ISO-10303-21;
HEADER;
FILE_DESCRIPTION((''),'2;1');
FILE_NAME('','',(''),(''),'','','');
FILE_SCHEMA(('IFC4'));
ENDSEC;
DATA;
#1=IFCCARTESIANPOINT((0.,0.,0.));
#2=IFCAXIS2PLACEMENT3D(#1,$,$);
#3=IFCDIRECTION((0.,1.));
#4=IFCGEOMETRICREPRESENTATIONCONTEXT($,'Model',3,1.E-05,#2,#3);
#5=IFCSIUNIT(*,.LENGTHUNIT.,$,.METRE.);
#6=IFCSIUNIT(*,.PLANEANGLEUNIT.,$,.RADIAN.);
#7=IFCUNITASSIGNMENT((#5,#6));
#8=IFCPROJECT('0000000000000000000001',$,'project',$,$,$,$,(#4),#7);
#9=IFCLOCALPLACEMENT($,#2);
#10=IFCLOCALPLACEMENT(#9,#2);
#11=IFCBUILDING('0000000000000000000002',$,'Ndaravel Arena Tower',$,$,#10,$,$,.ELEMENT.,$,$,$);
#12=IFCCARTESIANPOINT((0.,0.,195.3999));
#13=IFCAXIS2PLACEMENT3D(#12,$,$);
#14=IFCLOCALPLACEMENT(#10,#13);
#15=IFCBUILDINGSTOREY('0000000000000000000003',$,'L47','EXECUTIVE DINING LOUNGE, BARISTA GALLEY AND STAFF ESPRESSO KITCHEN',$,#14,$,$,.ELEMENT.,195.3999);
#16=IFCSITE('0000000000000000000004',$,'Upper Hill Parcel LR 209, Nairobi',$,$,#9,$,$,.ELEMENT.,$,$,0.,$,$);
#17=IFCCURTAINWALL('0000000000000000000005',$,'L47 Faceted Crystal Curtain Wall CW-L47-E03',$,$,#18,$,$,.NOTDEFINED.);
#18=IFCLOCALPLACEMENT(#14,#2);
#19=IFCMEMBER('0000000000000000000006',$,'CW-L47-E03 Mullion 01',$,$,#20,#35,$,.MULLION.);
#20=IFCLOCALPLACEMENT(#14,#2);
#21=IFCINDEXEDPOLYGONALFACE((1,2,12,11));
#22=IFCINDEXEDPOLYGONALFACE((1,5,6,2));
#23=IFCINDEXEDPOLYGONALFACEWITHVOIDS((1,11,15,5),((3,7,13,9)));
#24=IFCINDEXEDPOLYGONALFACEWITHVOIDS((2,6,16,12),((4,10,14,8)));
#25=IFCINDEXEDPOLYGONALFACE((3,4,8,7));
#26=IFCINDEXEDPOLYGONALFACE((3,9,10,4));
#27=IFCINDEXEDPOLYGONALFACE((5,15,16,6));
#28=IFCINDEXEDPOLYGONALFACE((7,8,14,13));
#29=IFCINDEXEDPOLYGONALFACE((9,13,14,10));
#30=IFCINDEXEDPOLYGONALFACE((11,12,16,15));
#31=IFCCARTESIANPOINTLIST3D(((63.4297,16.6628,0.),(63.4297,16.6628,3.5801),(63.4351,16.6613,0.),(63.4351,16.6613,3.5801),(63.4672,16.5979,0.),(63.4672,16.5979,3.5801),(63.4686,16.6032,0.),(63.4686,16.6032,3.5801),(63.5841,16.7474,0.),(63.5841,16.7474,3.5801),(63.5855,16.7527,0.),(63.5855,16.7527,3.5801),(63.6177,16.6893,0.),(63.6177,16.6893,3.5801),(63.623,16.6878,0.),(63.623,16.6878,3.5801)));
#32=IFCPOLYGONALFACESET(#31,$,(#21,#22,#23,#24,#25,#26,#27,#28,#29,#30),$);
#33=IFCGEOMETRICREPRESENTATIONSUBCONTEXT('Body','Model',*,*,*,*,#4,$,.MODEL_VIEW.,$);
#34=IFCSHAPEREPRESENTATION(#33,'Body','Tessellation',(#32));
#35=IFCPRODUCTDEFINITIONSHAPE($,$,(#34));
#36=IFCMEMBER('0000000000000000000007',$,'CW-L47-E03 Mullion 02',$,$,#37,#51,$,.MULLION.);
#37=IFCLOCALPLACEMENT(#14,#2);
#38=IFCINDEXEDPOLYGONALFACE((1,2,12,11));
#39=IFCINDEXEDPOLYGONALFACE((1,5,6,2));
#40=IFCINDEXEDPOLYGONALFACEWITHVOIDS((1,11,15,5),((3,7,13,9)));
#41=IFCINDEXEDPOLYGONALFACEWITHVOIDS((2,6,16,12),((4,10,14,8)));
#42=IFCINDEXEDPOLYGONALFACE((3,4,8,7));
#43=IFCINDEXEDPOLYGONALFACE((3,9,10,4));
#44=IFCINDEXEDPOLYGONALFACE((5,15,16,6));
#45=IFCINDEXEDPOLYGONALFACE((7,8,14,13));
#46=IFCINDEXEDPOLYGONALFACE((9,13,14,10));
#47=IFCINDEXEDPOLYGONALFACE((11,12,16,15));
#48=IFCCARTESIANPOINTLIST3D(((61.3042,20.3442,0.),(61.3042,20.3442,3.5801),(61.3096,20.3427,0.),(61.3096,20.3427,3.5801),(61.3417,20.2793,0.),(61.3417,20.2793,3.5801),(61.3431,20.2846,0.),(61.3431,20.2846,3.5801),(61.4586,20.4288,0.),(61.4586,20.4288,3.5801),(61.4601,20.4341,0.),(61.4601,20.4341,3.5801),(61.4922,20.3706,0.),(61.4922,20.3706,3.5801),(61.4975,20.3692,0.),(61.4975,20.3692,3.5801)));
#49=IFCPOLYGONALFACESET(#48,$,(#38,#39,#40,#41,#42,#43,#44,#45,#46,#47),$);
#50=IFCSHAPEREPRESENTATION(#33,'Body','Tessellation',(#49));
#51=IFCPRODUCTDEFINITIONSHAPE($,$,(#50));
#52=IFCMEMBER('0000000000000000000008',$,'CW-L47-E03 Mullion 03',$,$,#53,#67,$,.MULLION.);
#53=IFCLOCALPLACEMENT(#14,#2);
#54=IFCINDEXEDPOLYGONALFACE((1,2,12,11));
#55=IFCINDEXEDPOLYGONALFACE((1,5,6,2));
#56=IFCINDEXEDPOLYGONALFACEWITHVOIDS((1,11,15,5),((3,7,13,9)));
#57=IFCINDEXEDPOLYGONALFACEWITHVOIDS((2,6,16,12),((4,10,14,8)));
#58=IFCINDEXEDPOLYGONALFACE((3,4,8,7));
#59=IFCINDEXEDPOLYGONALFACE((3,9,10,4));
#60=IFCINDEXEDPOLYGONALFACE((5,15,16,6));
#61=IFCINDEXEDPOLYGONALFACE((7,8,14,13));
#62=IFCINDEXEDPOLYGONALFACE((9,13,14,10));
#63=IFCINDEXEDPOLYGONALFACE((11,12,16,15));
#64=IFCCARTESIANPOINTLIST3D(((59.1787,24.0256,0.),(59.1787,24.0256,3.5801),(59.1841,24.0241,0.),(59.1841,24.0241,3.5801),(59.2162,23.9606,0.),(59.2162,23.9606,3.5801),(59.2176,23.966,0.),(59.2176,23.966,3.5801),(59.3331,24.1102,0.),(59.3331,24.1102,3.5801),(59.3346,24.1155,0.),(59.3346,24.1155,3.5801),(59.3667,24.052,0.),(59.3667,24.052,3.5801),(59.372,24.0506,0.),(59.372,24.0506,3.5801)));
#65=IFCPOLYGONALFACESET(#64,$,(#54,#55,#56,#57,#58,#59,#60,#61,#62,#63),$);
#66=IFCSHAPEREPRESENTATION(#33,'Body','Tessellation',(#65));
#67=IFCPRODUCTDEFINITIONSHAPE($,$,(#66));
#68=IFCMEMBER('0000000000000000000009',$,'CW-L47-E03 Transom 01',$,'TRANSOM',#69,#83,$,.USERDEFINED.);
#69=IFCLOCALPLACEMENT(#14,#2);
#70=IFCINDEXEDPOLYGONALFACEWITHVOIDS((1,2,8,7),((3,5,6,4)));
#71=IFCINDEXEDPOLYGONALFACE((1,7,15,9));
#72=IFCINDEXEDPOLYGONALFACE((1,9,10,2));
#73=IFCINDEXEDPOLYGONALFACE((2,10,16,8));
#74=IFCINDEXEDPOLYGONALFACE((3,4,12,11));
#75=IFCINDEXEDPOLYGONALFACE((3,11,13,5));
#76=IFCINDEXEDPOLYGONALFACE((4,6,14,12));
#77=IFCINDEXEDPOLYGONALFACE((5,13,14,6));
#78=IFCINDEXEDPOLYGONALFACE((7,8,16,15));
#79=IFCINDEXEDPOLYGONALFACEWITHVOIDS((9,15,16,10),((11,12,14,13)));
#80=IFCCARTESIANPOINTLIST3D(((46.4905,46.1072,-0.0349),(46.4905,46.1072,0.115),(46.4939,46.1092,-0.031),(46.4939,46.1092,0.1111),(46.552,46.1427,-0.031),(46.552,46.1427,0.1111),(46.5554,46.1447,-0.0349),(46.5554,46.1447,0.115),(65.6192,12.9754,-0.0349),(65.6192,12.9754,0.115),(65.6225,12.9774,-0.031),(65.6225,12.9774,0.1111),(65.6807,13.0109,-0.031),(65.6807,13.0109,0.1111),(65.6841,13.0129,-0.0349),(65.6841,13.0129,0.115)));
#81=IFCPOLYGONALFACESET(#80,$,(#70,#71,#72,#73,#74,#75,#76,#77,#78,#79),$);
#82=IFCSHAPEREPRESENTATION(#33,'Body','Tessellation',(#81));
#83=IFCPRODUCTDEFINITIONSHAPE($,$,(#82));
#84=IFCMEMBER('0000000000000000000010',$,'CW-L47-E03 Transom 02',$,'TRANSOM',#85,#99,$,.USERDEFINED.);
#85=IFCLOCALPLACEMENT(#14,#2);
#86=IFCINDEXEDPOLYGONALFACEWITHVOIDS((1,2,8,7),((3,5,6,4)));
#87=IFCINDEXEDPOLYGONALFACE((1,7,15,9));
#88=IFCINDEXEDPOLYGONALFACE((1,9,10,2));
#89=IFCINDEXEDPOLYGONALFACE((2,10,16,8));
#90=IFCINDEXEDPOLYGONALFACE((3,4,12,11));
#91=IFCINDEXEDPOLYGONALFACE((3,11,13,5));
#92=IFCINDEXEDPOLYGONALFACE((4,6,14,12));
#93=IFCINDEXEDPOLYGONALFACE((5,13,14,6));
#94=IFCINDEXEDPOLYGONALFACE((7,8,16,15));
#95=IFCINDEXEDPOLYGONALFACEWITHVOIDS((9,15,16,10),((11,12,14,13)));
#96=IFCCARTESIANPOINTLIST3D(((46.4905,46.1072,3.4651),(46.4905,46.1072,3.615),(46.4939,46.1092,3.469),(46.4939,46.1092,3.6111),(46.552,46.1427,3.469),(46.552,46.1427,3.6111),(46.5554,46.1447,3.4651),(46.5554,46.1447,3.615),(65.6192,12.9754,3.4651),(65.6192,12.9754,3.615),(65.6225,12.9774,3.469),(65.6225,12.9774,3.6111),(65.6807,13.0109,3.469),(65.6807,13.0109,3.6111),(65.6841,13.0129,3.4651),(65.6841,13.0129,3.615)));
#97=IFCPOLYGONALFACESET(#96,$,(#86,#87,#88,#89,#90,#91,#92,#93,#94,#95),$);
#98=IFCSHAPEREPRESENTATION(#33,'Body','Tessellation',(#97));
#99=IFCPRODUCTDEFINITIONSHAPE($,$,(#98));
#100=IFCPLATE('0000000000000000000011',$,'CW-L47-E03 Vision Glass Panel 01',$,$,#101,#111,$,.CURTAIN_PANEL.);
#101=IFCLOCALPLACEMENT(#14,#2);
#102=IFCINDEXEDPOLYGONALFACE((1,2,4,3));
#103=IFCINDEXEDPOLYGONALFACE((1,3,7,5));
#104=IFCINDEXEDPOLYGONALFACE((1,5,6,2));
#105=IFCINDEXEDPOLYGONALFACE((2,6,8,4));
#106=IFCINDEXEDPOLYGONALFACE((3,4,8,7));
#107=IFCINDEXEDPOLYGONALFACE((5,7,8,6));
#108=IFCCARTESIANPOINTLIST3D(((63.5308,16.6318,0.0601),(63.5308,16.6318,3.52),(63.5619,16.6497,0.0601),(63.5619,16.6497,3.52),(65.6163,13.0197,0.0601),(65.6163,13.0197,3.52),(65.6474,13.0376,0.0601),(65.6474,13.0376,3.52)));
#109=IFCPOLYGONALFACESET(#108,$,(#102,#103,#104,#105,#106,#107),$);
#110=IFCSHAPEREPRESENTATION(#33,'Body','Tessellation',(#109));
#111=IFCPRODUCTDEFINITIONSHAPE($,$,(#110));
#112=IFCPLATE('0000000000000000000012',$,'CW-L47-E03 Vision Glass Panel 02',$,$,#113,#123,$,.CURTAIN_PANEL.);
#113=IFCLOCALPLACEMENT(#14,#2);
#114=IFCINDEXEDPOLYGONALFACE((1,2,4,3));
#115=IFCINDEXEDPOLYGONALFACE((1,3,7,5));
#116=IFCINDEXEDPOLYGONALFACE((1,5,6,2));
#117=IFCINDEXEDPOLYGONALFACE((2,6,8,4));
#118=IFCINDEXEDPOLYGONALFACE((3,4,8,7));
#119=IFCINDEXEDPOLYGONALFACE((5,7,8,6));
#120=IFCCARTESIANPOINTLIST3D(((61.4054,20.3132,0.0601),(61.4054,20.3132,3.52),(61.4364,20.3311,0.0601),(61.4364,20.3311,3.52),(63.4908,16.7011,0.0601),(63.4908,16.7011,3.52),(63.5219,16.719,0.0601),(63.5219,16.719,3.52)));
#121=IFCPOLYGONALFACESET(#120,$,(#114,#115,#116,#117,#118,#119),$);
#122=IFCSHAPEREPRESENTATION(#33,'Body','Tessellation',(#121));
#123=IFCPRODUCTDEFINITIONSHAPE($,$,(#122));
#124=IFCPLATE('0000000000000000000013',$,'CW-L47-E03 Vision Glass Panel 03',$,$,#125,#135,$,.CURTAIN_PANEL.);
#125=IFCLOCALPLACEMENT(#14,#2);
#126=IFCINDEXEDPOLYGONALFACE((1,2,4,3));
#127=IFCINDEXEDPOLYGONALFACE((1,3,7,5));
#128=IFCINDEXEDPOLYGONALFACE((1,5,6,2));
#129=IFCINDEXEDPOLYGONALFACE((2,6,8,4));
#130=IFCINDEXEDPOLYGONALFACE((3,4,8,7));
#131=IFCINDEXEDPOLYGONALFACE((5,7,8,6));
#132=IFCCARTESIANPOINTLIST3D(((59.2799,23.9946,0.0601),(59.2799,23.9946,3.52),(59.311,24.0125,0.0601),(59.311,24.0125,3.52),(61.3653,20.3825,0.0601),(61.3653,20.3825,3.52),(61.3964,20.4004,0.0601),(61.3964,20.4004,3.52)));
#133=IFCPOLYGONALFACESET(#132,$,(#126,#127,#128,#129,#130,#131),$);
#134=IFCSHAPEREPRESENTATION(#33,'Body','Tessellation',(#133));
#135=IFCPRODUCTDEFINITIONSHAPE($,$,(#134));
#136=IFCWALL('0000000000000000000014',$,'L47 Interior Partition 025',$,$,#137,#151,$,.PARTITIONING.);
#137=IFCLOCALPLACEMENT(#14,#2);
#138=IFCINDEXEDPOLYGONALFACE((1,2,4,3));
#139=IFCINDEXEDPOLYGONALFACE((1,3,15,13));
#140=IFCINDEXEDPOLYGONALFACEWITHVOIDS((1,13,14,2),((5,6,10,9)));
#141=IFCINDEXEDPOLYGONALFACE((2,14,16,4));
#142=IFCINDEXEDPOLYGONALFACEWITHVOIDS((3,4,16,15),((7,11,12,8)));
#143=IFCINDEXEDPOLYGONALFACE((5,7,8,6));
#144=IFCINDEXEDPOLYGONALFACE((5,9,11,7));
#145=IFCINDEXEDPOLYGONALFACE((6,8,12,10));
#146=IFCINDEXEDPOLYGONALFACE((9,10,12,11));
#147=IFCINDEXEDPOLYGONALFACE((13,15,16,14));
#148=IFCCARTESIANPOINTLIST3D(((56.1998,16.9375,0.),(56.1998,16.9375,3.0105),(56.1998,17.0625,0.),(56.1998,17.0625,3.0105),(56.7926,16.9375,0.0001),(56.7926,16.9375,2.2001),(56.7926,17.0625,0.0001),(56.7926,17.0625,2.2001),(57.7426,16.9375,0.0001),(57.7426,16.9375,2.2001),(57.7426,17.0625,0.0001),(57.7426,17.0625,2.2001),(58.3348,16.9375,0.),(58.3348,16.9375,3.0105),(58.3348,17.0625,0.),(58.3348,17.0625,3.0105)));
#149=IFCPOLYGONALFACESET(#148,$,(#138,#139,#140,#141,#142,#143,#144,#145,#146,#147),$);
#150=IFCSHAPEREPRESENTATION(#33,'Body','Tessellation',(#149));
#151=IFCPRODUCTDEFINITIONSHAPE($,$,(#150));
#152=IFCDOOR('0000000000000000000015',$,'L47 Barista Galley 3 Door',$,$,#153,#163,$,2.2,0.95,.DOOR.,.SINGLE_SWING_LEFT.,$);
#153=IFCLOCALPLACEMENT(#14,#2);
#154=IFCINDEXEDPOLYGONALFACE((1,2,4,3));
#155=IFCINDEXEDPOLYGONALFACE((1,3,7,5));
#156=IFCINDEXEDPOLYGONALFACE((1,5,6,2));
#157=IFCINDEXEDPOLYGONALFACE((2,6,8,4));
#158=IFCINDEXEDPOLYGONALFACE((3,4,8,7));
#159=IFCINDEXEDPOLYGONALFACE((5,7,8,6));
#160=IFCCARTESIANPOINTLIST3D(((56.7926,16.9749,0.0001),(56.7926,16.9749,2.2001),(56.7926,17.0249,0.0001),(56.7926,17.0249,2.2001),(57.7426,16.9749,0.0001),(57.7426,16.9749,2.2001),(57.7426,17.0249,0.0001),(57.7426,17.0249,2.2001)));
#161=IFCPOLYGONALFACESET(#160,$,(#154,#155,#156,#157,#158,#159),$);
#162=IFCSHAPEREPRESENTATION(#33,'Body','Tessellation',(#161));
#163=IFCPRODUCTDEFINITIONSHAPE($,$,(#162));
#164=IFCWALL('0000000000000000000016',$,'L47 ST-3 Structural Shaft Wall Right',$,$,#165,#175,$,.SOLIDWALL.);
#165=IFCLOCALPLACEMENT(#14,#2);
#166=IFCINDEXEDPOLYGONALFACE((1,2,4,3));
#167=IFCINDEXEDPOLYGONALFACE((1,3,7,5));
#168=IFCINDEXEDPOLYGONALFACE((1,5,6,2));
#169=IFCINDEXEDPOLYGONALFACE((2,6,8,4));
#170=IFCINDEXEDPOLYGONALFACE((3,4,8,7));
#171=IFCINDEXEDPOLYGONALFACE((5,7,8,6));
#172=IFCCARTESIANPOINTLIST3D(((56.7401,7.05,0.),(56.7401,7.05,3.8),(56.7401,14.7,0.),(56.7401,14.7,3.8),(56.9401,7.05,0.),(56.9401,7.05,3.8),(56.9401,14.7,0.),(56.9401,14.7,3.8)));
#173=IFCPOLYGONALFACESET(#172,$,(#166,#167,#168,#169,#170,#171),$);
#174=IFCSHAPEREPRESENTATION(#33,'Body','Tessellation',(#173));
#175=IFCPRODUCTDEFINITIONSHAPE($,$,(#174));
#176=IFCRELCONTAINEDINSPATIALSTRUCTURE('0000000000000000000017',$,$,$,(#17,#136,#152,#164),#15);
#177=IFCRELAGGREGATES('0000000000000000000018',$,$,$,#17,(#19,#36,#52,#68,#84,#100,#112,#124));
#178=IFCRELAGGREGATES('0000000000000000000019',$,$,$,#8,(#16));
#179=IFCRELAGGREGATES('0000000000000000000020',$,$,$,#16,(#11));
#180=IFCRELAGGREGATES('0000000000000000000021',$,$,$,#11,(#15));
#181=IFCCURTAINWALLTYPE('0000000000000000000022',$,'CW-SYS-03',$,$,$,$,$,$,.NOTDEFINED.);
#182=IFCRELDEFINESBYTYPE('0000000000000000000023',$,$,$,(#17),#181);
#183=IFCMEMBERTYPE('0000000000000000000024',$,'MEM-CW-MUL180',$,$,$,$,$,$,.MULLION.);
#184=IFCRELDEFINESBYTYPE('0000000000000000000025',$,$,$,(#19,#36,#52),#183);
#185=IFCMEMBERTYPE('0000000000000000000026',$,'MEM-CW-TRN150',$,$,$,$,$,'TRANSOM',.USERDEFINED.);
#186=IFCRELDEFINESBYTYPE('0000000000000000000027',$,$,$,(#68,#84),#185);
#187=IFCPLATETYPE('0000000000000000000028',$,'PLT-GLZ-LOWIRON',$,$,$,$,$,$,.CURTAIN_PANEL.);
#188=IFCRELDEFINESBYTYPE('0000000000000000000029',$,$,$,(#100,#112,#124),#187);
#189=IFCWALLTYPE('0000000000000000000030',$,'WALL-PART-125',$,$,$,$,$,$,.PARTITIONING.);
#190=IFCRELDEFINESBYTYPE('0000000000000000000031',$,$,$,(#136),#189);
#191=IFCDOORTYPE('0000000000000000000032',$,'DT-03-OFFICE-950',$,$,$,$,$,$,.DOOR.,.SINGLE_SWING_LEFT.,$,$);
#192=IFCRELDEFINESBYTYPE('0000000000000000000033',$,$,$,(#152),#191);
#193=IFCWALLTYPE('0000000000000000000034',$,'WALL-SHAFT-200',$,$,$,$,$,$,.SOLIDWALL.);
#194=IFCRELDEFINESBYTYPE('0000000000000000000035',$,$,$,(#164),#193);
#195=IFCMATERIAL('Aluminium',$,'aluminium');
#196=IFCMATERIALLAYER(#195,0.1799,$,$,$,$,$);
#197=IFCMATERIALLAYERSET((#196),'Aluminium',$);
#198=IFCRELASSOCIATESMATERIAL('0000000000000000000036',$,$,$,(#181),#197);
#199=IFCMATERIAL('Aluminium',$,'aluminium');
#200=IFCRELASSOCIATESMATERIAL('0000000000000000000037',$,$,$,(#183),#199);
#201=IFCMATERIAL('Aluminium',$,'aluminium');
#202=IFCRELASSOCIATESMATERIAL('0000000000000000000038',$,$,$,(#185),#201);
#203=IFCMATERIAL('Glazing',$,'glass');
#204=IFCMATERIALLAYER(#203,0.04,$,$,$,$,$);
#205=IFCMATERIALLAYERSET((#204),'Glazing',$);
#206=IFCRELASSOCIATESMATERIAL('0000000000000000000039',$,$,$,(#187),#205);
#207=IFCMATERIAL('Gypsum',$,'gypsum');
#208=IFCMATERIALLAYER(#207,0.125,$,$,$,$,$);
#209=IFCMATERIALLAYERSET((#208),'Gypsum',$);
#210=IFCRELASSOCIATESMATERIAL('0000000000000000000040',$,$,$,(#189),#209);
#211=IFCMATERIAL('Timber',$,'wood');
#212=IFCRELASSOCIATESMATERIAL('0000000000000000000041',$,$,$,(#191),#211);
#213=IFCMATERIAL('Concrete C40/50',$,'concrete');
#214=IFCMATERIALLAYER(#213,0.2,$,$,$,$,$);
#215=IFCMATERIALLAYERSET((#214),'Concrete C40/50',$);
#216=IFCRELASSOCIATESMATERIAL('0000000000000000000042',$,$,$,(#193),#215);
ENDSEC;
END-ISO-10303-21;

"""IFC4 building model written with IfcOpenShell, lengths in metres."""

from ifc_helpers import new_model, si_unit, direction, frame, frame_2d, origin, origin_2d, place, context, subcontext, project, spatial, rectangle, hollow_rectangle, extrude, material, layer, layer_set, material_profile, profile_set, type_object, element, fill, aggregate, save


model = new_model("IFC4")

# Units and contexts
model_context = context("Model", 3, precision=1e-05, world=origin(), true_north=direction((0.0, 1.0)))
body_context = subcontext(model_context, "Body", "Model", "MODEL_VIEW")
ifc_project = project(units=[si_unit("LENGTHUNIT", "METRE"), si_unit("PLANEANGLEUNIT", "RADIAN")], contexts=[model_context])

# Site, building, storey
site_placement = place(None, origin())
site = spatial("IfcSite", under=ifc_project, at=site_placement, Name="Upper Hill Parcel LR 209, Nairobi", CompositionType="ELEMENT", RefElevation=0.0)
building_placement = place(site_placement, origin())
building = spatial("IfcBuilding", under=site, at=building_placement, Name="Ndaravel Arena Tower", CompositionType="ELEMENT")
storey_placement = place(building_placement, frame((0.0, 0.0, 195.3999)))
storey = spatial("IfcBuildingStorey", under=building, at=storey_placement, Name="L47", Description="EXECUTIVE DINING LOUNGE, BARISTA GALLEY AND STAFF ESPRESSO KITCHEN", CompositionType="ELEMENT", Elevation=195.3999)

# Curtain wall, members, plates
ifc_material_1 = material(Name="Aluminium", Category="aluminium")
ifc_layer_1 = layer(ifc_material_1, 0.1799)
ifc_layer_set_1 = layer_set([ifc_layer_1], Name="Aluminium")
curtain_wall_type = type_object("IfcCurtainWallType", Name="CW-SYS-03", PredefinedType="NOTDEFINED", material=ifc_layer_set_1)
curtain_wall_placement = place(storey_placement, origin())
curtain_wall = element("IfcCurtainWall", 1, at=curtain_wall_placement, inside=storey, type_object=curtain_wall_type, Name="L47 Faceted Crystal Curtain Wall CW-L47-E03", PredefinedType="NOTDEFINED")
ifc_material_2 = material(Name="Aluminium", Category="aluminium")
ifc_material_profile_1 = material_profile(ifc_material_2, hollow_rectangle(XDim=0.075, YDim=0.1799, WallThickness=0.0039, at=origin_2d()), Name="CW MULLION 75x180x4")
ifc_profile_set_1 = profile_set([ifc_material_profile_1], Name="Aluminium")
member_type_1 = type_object("IfcMemberType", Name="MEM-CW-MUL180", PredefinedType="MULLION", material=ifc_profile_set_1)
member_1_placement = place(storey_placement, frame((63.5264, 16.6753, 0.0), z_axis=(0.0, 0.0, 1.0), x_axis=(-0.5, 0.866025, 0.0)))
member_1 = element("IfcMember", 2, at=member_1_placement, type_object=member_type_1, Name="CW-L47-E03 Mullion 01", PredefinedType="MULLION", context=body_context, shape_type="SweptSolid", body=[
    extrude(hollow_rectangle(XDim=0.075, YDim=0.1799, WallThickness=0.0039, at=origin_2d()), origin(), (0.0, 0.0, 1.0), 3.5801),
])
member_2_placement = place(storey_placement, frame((61.4009, 20.3567, 0.0), z_axis=(0.0, 0.0, 1.0), x_axis=(-0.5, 0.866025, 0.0)))
member_2 = element("IfcMember", 3, at=member_2_placement, type_object=member_type_1, Name="CW-L47-E03 Mullion 02", PredefinedType="MULLION", context=body_context, shape_type="SweptSolid", body=[
    extrude(hollow_rectangle(XDim=0.075, YDim=0.1799, WallThickness=0.0039, at=origin_2d()), origin(), (0.0, 0.0, 1.0), 3.5801),
])
member_3_placement = place(storey_placement, frame((59.2754, 24.0381, 0.0), z_axis=(0.0, 0.0, 1.0), x_axis=(-0.5, 0.866025, 0.0)))
member_3 = element("IfcMember", 4, at=member_3_placement, type_object=member_type_1, Name="CW-L47-E03 Mullion 03", PredefinedType="MULLION", context=body_context, shape_type="SweptSolid", body=[
    extrude(hollow_rectangle(XDim=0.075, YDim=0.1799, WallThickness=0.0039, at=origin_2d()), origin(), (0.0, 0.0, 1.0), 3.5801),
])
ifc_material_3 = material(Name="Aluminium", Category="aluminium")
ifc_material_profile_2 = material_profile(ifc_material_3, hollow_rectangle(XDim=0.075, YDim=0.1499, WallThickness=0.0039, at=origin_2d()), Name="CW TRANSOM 75x150x4")
ifc_profile_set_2 = profile_set([ifc_material_profile_2], Name="Aluminium")
member_type_2 = type_object("IfcMemberType", Name="MEM-CW-TRN150", ElementType="TRANSOM", PredefinedType="USERDEFINED", material=ifc_profile_set_2)
member_4_placement = place(storey_placement, frame((65.6516, 12.9941, 0.04), z_axis=(-0.5, 0.866026, 0.0), x_axis=(-0.866026, -0.5, 0.0)))
member_4 = element("IfcMember", 5, at=member_4_placement, type_object=member_type_2, Name="CW-L47-E03 Transom 01", ObjectType="TRANSOM", PredefinedType="USERDEFINED", context=body_context, shape_type="SweptSolid", body=[
    extrude(hollow_rectangle(XDim=0.075, YDim=0.1499, WallThickness=0.0039, at=origin_2d()), origin(), (0.0, 0.0, 1.0), 38.2573),
])
member_5_placement = place(storey_placement, frame((65.6516, 12.9941, 3.54), z_axis=(-0.5, 0.866026, 0.0), x_axis=(-0.866026, -0.5, 0.0)))
member_5 = element("IfcMember", 6, at=member_5_placement, type_object=member_type_2, Name="CW-L47-E03 Transom 02", ObjectType="TRANSOM", PredefinedType="USERDEFINED", context=body_context, shape_type="SweptSolid", body=[
    extrude(hollow_rectangle(XDim=0.075, YDim=0.1499, WallThickness=0.0039, at=origin_2d()), origin(), (0.0, 0.0, 1.0), 38.2573),
])
ifc_material_4 = material(Name="Glazing", Category="glass")
ifc_layer_2 = layer(ifc_material_4, 0.04)
ifc_layer_set_2 = layer_set([ifc_layer_2], Name="Glazing")
plate_type = type_object("IfcPlateType", Name="PLT-GLZ-LOWIRON", PredefinedType="CURTAIN_PANEL", material=ifc_layer_set_2)
plate_1_placement = place(storey_placement, frame((64.5891, 14.8347, 0.0601), z_axis=(0.0, 0.0, 1.0), x_axis=(-0.5, 0.866025, 0.0)))
plate_1 = element("IfcPlate", 7, at=plate_1_placement, type_object=plate_type, Name="CW-L47-E03 Vision Glass Panel 01", PredefinedType="CURTAIN_PANEL", context=body_context, shape_type="SweptSolid", body=[
    extrude(rectangle(XDim=4.1709, YDim=0.0359, at=origin_2d()), origin(), (0.0, 0.0, 1.0), 3.46),
])
plate_2_placement = place(storey_placement, frame((62.4636, 18.5161, 0.0601), z_axis=(0.0, 0.0, 1.0), x_axis=(-0.5, 0.866025, 0.0)))
plate_2 = element("IfcPlate", 8, at=plate_2_placement, type_object=plate_type, Name="CW-L47-E03 Vision Glass Panel 02", PredefinedType="CURTAIN_PANEL", context=body_context, shape_type="SweptSolid", body=[
    extrude(rectangle(XDim=4.1709, YDim=0.0359, at=origin_2d()), origin(), (0.0, 0.0, 1.0), 3.46),
])
plate_3_placement = place(storey_placement, frame((60.3381, 22.1975, 0.0601), z_axis=(0.0, 0.0, 1.0), x_axis=(-0.5, 0.866025, 0.0)))
plate_3 = element("IfcPlate", 9, at=plate_3_placement, type_object=plate_type, Name="CW-L47-E03 Vision Glass Panel 03", PredefinedType="CURTAIN_PANEL", context=body_context, shape_type="SweptSolid", body=[
    extrude(rectangle(XDim=4.1709, YDim=0.0359, at=origin_2d()), origin(), (0.0, 0.0, 1.0), 3.46),
])
aggregate(curtain_wall, [member_1, member_2, member_3, member_4, member_5, plate_1, plate_2, plate_3])

# Wall, opening, door
ifc_material_5 = material(Name="Gypsum", Category="gypsum")
ifc_layer_3 = layer(ifc_material_5, 0.125)
ifc_layer_set_3 = layer_set([ifc_layer_3], Name="Gypsum")
wall_type_1 = type_object("IfcWallType", Name="WALL-PART-125", PredefinedType="PARTITIONING", material=ifc_layer_set_3)
wall_1_placement = place(storey_placement, frame((56.2, 17.0, 0.0), z_axis=(0.0, 0.0, 1.0), x_axis=(1.0, 0.0, 0.0)))
wall_1 = element("IfcWall", 10, at=wall_1_placement, inside=storey, type_object=wall_type_1, Name="L47 Interior Partition 025", PredefinedType="PARTITIONING", context=body_context, shape_type="SweptSolid", body=[
    extrude(rectangle(XDim=2.135, YDim=0.125, at=frame_2d((1.0674, 0.0))), origin(), (0.0, 0.0, 1.0), 3.0105),
])
opening_1_placement = place(wall_1_placement, frame((0.5925, 0.0, 0.0)))
opening_1 = element("IfcOpeningElement", 11, at=opening_1_placement, cuts=wall_1, PredefinedType="OPENING", context=body_context, shape_type="SweptSolid", body=[
    extrude(rectangle(XDim=0.95, YDim=2.2, at=frame_2d((0.4751, 1.1001))), frame((0.0, 0.0625, 0.0), z_axis=(0.0, -1.0, 0.0), x_axis=(1.0, 0.0, 0.0)), (0.0, 0.0, 1.0), 0.125),
])
ifc_material_6 = material(Name="Timber", Category="wood")
door_type_1 = type_object("IfcDoorType", Name="DT-03-OFFICE-950", OperationType="SINGLE_SWING_LEFT", PredefinedType="DOOR", material=ifc_material_6)
door_1_placement = place(opening_1_placement, origin())
door_1 = element("IfcDoor", 12, at=door_1_placement, inside=storey, type_object=door_type_1, Name="L47 Barista Galley 3 Door", OperationType="SINGLE_SWING_LEFT", OverallHeight=2.2, OverallWidth=0.95, PredefinedType="DOOR", context=body_context, shape_type="SweptSolid", body=[
    extrude(rectangle(XDim=0.95, YDim=2.2, at=frame_2d((0.4751, 1.1001))), frame((0.0, 0.0249, 0.0), z_axis=(0.0, -1.0, 0.0), x_axis=(1.0, 0.0, 0.0)), (0.0, 0.0, 1.0), 0.05),
])
fill(opening_1, door_1)

# Wall
ifc_material_7 = material(Name="Concrete C40/50", Category="concrete")
ifc_layer_4 = layer(ifc_material_7, 0.2)
ifc_layer_set_4 = layer_set([ifc_layer_4], Name="Concrete C40/50")
wall_type_2 = type_object("IfcWallType", Name="WALL-SHAFT-200", PredefinedType="SOLIDWALL", material=ifc_layer_set_4)
wall_2_placement = place(storey_placement, frame((56.8401, 14.7, 0.0), z_axis=(0.0, 0.0, 1.0), x_axis=(0.0, -1.0, 0.0)))
element("IfcWall", 13, at=wall_2_placement, inside=storey, type_object=wall_type_2, Name="L47 ST-3 Structural Shaft Wall Right", PredefinedType="SOLIDWALL", context=body_context, shape_type="SweptSolid", body=[
    extrude(rectangle(XDim=7.6499, YDim=0.2, at=frame_2d((3.825, 0.0))), origin(), (0.0, 0.0, 1.0), 3.8),
])

save(model, "model.ifc")
